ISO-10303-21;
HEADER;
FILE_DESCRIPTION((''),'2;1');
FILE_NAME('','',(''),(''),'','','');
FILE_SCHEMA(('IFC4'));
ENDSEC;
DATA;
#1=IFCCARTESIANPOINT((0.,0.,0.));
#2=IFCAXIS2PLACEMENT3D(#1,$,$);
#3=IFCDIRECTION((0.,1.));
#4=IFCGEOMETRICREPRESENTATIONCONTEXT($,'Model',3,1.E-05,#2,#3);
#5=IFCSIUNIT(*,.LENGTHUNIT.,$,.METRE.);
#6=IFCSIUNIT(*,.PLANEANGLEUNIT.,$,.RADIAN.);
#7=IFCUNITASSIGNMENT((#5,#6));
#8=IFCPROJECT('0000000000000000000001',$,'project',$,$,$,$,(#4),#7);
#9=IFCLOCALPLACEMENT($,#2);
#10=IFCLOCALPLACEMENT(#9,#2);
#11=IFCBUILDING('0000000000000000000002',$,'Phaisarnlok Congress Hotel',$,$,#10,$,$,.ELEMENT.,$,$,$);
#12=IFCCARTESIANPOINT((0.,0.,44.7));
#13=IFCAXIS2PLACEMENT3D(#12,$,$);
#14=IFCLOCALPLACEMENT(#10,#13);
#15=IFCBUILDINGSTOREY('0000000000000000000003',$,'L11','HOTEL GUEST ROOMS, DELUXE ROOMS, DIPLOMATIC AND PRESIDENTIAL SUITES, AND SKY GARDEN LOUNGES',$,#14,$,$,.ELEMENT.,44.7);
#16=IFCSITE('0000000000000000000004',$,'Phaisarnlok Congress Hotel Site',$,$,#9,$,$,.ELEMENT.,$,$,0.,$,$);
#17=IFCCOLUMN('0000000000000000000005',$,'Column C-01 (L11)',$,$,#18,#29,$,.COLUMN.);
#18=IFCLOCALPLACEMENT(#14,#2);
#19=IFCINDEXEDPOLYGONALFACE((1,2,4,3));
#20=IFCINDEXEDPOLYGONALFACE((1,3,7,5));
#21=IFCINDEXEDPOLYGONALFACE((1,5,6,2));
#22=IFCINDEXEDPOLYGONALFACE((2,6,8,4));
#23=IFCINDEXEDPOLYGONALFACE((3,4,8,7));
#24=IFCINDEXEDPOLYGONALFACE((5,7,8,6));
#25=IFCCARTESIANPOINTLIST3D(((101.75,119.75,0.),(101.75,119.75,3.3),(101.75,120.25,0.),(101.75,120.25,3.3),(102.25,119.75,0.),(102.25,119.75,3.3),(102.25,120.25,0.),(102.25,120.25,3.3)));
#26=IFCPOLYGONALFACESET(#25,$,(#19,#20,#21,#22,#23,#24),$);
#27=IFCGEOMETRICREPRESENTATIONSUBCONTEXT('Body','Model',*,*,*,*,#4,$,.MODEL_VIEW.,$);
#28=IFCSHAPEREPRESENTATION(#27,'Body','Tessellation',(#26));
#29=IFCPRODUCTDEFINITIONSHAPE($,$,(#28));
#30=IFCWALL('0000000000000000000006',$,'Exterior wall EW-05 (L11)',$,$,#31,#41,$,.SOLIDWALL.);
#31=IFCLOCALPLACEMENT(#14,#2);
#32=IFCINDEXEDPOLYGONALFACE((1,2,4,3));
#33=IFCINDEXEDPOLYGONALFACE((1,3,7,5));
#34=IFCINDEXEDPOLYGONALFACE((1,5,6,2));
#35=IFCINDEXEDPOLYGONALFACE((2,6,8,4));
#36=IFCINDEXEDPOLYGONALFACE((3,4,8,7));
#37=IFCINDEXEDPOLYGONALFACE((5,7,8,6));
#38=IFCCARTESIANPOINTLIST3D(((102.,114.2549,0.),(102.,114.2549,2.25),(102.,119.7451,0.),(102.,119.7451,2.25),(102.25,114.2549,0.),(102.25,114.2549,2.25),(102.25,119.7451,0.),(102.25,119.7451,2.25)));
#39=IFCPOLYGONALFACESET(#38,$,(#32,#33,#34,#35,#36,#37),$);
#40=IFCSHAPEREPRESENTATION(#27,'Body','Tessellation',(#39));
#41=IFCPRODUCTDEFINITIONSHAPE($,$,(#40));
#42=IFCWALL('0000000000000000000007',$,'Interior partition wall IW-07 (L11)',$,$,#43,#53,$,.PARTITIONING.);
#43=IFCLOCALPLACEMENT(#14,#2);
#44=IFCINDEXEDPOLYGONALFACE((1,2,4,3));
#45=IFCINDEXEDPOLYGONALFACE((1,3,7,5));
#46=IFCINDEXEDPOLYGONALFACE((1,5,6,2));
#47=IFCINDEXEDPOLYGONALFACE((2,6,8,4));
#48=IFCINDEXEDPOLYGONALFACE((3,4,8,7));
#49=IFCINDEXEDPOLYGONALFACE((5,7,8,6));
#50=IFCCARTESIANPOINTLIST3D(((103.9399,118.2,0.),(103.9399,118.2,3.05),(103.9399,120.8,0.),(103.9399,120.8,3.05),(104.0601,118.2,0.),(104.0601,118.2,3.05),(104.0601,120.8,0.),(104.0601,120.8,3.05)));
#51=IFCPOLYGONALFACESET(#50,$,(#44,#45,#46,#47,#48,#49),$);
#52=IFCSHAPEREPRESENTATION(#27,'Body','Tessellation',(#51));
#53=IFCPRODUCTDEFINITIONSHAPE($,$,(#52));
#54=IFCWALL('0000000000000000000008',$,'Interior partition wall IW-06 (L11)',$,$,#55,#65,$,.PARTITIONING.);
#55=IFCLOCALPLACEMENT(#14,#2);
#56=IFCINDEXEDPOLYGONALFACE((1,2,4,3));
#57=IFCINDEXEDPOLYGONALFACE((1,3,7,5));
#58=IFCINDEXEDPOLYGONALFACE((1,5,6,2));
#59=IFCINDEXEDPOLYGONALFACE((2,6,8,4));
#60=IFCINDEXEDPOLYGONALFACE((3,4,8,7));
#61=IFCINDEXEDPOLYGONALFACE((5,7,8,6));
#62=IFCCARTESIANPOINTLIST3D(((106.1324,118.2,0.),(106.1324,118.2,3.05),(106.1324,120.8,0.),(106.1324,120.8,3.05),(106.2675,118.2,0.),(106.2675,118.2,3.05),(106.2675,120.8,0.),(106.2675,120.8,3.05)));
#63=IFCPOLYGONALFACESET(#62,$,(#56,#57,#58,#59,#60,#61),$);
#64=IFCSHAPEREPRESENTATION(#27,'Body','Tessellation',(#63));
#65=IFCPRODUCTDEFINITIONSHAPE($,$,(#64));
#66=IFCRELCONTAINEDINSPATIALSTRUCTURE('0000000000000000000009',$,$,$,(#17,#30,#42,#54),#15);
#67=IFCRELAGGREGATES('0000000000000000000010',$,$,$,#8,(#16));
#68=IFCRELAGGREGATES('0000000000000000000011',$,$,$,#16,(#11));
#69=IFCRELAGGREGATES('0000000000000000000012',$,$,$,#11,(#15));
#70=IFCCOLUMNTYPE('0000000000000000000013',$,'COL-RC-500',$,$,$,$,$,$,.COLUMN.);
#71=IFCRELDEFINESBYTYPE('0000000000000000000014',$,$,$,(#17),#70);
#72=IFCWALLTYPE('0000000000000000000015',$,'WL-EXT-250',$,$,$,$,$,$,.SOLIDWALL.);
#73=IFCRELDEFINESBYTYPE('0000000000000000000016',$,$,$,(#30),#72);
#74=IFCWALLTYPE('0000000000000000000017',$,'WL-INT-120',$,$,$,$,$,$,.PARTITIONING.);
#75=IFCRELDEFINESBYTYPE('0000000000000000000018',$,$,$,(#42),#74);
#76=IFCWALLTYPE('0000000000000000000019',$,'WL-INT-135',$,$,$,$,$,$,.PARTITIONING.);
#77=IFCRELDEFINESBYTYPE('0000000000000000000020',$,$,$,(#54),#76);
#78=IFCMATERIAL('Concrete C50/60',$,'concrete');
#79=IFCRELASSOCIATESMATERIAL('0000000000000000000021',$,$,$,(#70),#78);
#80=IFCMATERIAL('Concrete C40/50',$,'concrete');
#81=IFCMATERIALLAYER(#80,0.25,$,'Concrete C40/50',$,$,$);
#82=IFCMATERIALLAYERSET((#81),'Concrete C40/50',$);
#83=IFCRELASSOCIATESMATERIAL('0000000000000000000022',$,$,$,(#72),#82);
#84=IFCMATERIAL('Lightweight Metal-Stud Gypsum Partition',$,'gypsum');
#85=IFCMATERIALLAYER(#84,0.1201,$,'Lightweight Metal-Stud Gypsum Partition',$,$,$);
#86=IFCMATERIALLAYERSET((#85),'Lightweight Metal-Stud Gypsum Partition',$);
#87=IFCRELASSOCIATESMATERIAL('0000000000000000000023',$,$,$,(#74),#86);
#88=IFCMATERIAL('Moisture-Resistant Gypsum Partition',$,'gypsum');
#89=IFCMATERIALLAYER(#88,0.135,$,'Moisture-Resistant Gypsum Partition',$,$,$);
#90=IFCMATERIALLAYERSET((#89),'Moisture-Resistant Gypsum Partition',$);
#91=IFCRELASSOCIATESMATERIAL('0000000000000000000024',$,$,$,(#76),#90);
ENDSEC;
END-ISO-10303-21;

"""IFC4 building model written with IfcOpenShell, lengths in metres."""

from ifc_helpers import new_model, si_unit, direction, frame, frame_2d, origin, origin_2d, place, context, subcontext, project, spatial, rectangle, extrude, material, layer, layer_set, material_profile, profile_set, type_object, element, save


model = new_model("IFC4")

# Units and contexts
model_context = context("Model", 3, precision=1e-05, world=origin(), true_north=direction((0.0, 1.0)))
body_context = subcontext(model_context, "Body", "Model", "MODEL_VIEW")
ifc_project = project(units=[si_unit("LENGTHUNIT", "METRE"), si_unit("PLANEANGLEUNIT", "RADIAN")], contexts=[model_context])

# Site, building, storey
site_placement = place(None, origin())
site = spatial("IfcSite", under=ifc_project, at=site_placement, Name="Phaisarnlok Congress Hotel Site", CompositionType="ELEMENT", RefElevation=0.0)
building_placement = place(site_placement, origin())
building = spatial("IfcBuilding", under=site, at=building_placement, Name="Phaisarnlok Congress Hotel", CompositionType="ELEMENT")
storey_placement = place(building_placement, frame((0.0, 0.0, 44.7)))
storey = spatial("IfcBuildingStorey", under=building, at=storey_placement, Name="L11", Description="HOTEL GUEST ROOMS, DELUXE ROOMS, DIPLOMATIC AND PRESIDENTIAL SUITES, AND SKY GARDEN LOUNGES", CompositionType="ELEMENT", Elevation=44.7)

# Column
ifc_material_1 = material(Name="Concrete C50/60", Category="concrete")
ifc_material_profile = material_profile(ifc_material_1, rectangle(XDim=0.5, YDim=0.5, at=origin_2d()), Name="RC 500x500")
ifc_profile_set = profile_set([ifc_material_profile], Name="Concrete C50/60")
column_type = type_object("IfcColumnType", Name="COL-RC-500", PredefinedType="COLUMN", material=ifc_profile_set)
column_placement = place(storey_placement, frame((102.0, 120.0, 0.0), z_axis=(0.0, 0.0, 1.0), x_axis=(1.0, 0.0, 0.0)))
element("IfcColumn", 1, at=column_placement, inside=storey, type_object=column_type, Name="Column C-01 (L11)", PredefinedType="COLUMN", context=body_context, shape_type="SweptSolid", body=[
    extrude(rectangle(XDim=0.5, YDim=0.5, at=origin_2d()), origin(), (0.0, 0.0, 1.0), 3.3),
])

# Walls
ifc_material_2 = material(Name="Concrete C40/50", Category="concrete")
ifc_layer_1 = layer(ifc_material_2, 0.25, Name="Concrete C40/50")
ifc_layer_set_1 = layer_set([ifc_layer_1], Name="Concrete C40/50")
wall_type_1 = type_object("IfcWallType", Name="WL-EXT-250", PredefinedType="SOLIDWALL", material=ifc_layer_set_1)
wall_1_placement = place(storey_placement, frame((102.125, 119.7451, 0.0), z_axis=(0.0, 0.0, 1.0), x_axis=(0.0, -1.0, 0.0)))
element("IfcWall", 2, at=wall_1_placement, inside=storey, type_object=wall_type_1, Name="Exterior wall EW-05 (L11)", PredefinedType="SOLIDWALL", context=body_context, shape_type="SweptSolid", body=[
    extrude(rectangle(XDim=5.4902, YDim=0.25, at=frame_2d((2.7451, 0.0))), origin(), (0.0, 0.0, 1.0), 2.25),
])
ifc_material_3 = material(Name="Lightweight Metal-Stud Gypsum Partition", Category="gypsum")
ifc_layer_2 = layer(ifc_material_3, 0.1201, Name="Lightweight Metal-Stud Gypsum Partition")
ifc_layer_set_2 = layer_set([ifc_layer_2], Name="Lightweight Metal-Stud Gypsum Partition")
wall_type_2 = type_object("IfcWallType", Name="WL-INT-120", PredefinedType="PARTITIONING", material=ifc_layer_set_2)
wall_2_placement = place(storey_placement, frame((104.0, 118.2, 0.0), z_axis=(0.0, 0.0, 1.0), x_axis=(0.0, 1.0, 0.0)))
element("IfcWall", 3, at=wall_2_placement, inside=storey, type_object=wall_type_2, Name="Interior partition wall IW-07 (L11)", PredefinedType="PARTITIONING", context=body_context, shape_type="SweptSolid", body=[
    extrude(rectangle(XDim=2.6001, YDim=0.1201, at=frame_2d((1.3, 0.0))), origin(), (0.0, 0.0, 1.0), 3.05),
])
ifc_material_4 = material(Name="Moisture-Resistant Gypsum Partition", Category="gypsum")
ifc_layer_3 = layer(ifc_material_4, 0.135, Name="Moisture-Resistant Gypsum Partition")
ifc_layer_set_3 = layer_set([ifc_layer_3], Name="Moisture-Resistant Gypsum Partition")
wall_type_3 = type_object("IfcWallType", Name="WL-INT-135", PredefinedType="PARTITIONING", material=ifc_layer_set_3)
wall_3_placement = place(storey_placement, frame((106.2, 118.2, 0.0), z_axis=(0.0, 0.0, 1.0), x_axis=(0.0, 1.0, 0.0)))
element("IfcWall", 4, at=wall_3_placement, inside=storey, type_object=wall_type_3, Name="Interior partition wall IW-06 (L11)", PredefinedType="PARTITIONING", context=body_context, shape_type="SweptSolid", body=[
    extrude(rectangle(XDim=2.6001, YDim=0.135, at=frame_2d((1.3, 0.0))), origin(), (0.0, 0.0, 1.0), 3.05),
])

save(model, "model.ifc")
